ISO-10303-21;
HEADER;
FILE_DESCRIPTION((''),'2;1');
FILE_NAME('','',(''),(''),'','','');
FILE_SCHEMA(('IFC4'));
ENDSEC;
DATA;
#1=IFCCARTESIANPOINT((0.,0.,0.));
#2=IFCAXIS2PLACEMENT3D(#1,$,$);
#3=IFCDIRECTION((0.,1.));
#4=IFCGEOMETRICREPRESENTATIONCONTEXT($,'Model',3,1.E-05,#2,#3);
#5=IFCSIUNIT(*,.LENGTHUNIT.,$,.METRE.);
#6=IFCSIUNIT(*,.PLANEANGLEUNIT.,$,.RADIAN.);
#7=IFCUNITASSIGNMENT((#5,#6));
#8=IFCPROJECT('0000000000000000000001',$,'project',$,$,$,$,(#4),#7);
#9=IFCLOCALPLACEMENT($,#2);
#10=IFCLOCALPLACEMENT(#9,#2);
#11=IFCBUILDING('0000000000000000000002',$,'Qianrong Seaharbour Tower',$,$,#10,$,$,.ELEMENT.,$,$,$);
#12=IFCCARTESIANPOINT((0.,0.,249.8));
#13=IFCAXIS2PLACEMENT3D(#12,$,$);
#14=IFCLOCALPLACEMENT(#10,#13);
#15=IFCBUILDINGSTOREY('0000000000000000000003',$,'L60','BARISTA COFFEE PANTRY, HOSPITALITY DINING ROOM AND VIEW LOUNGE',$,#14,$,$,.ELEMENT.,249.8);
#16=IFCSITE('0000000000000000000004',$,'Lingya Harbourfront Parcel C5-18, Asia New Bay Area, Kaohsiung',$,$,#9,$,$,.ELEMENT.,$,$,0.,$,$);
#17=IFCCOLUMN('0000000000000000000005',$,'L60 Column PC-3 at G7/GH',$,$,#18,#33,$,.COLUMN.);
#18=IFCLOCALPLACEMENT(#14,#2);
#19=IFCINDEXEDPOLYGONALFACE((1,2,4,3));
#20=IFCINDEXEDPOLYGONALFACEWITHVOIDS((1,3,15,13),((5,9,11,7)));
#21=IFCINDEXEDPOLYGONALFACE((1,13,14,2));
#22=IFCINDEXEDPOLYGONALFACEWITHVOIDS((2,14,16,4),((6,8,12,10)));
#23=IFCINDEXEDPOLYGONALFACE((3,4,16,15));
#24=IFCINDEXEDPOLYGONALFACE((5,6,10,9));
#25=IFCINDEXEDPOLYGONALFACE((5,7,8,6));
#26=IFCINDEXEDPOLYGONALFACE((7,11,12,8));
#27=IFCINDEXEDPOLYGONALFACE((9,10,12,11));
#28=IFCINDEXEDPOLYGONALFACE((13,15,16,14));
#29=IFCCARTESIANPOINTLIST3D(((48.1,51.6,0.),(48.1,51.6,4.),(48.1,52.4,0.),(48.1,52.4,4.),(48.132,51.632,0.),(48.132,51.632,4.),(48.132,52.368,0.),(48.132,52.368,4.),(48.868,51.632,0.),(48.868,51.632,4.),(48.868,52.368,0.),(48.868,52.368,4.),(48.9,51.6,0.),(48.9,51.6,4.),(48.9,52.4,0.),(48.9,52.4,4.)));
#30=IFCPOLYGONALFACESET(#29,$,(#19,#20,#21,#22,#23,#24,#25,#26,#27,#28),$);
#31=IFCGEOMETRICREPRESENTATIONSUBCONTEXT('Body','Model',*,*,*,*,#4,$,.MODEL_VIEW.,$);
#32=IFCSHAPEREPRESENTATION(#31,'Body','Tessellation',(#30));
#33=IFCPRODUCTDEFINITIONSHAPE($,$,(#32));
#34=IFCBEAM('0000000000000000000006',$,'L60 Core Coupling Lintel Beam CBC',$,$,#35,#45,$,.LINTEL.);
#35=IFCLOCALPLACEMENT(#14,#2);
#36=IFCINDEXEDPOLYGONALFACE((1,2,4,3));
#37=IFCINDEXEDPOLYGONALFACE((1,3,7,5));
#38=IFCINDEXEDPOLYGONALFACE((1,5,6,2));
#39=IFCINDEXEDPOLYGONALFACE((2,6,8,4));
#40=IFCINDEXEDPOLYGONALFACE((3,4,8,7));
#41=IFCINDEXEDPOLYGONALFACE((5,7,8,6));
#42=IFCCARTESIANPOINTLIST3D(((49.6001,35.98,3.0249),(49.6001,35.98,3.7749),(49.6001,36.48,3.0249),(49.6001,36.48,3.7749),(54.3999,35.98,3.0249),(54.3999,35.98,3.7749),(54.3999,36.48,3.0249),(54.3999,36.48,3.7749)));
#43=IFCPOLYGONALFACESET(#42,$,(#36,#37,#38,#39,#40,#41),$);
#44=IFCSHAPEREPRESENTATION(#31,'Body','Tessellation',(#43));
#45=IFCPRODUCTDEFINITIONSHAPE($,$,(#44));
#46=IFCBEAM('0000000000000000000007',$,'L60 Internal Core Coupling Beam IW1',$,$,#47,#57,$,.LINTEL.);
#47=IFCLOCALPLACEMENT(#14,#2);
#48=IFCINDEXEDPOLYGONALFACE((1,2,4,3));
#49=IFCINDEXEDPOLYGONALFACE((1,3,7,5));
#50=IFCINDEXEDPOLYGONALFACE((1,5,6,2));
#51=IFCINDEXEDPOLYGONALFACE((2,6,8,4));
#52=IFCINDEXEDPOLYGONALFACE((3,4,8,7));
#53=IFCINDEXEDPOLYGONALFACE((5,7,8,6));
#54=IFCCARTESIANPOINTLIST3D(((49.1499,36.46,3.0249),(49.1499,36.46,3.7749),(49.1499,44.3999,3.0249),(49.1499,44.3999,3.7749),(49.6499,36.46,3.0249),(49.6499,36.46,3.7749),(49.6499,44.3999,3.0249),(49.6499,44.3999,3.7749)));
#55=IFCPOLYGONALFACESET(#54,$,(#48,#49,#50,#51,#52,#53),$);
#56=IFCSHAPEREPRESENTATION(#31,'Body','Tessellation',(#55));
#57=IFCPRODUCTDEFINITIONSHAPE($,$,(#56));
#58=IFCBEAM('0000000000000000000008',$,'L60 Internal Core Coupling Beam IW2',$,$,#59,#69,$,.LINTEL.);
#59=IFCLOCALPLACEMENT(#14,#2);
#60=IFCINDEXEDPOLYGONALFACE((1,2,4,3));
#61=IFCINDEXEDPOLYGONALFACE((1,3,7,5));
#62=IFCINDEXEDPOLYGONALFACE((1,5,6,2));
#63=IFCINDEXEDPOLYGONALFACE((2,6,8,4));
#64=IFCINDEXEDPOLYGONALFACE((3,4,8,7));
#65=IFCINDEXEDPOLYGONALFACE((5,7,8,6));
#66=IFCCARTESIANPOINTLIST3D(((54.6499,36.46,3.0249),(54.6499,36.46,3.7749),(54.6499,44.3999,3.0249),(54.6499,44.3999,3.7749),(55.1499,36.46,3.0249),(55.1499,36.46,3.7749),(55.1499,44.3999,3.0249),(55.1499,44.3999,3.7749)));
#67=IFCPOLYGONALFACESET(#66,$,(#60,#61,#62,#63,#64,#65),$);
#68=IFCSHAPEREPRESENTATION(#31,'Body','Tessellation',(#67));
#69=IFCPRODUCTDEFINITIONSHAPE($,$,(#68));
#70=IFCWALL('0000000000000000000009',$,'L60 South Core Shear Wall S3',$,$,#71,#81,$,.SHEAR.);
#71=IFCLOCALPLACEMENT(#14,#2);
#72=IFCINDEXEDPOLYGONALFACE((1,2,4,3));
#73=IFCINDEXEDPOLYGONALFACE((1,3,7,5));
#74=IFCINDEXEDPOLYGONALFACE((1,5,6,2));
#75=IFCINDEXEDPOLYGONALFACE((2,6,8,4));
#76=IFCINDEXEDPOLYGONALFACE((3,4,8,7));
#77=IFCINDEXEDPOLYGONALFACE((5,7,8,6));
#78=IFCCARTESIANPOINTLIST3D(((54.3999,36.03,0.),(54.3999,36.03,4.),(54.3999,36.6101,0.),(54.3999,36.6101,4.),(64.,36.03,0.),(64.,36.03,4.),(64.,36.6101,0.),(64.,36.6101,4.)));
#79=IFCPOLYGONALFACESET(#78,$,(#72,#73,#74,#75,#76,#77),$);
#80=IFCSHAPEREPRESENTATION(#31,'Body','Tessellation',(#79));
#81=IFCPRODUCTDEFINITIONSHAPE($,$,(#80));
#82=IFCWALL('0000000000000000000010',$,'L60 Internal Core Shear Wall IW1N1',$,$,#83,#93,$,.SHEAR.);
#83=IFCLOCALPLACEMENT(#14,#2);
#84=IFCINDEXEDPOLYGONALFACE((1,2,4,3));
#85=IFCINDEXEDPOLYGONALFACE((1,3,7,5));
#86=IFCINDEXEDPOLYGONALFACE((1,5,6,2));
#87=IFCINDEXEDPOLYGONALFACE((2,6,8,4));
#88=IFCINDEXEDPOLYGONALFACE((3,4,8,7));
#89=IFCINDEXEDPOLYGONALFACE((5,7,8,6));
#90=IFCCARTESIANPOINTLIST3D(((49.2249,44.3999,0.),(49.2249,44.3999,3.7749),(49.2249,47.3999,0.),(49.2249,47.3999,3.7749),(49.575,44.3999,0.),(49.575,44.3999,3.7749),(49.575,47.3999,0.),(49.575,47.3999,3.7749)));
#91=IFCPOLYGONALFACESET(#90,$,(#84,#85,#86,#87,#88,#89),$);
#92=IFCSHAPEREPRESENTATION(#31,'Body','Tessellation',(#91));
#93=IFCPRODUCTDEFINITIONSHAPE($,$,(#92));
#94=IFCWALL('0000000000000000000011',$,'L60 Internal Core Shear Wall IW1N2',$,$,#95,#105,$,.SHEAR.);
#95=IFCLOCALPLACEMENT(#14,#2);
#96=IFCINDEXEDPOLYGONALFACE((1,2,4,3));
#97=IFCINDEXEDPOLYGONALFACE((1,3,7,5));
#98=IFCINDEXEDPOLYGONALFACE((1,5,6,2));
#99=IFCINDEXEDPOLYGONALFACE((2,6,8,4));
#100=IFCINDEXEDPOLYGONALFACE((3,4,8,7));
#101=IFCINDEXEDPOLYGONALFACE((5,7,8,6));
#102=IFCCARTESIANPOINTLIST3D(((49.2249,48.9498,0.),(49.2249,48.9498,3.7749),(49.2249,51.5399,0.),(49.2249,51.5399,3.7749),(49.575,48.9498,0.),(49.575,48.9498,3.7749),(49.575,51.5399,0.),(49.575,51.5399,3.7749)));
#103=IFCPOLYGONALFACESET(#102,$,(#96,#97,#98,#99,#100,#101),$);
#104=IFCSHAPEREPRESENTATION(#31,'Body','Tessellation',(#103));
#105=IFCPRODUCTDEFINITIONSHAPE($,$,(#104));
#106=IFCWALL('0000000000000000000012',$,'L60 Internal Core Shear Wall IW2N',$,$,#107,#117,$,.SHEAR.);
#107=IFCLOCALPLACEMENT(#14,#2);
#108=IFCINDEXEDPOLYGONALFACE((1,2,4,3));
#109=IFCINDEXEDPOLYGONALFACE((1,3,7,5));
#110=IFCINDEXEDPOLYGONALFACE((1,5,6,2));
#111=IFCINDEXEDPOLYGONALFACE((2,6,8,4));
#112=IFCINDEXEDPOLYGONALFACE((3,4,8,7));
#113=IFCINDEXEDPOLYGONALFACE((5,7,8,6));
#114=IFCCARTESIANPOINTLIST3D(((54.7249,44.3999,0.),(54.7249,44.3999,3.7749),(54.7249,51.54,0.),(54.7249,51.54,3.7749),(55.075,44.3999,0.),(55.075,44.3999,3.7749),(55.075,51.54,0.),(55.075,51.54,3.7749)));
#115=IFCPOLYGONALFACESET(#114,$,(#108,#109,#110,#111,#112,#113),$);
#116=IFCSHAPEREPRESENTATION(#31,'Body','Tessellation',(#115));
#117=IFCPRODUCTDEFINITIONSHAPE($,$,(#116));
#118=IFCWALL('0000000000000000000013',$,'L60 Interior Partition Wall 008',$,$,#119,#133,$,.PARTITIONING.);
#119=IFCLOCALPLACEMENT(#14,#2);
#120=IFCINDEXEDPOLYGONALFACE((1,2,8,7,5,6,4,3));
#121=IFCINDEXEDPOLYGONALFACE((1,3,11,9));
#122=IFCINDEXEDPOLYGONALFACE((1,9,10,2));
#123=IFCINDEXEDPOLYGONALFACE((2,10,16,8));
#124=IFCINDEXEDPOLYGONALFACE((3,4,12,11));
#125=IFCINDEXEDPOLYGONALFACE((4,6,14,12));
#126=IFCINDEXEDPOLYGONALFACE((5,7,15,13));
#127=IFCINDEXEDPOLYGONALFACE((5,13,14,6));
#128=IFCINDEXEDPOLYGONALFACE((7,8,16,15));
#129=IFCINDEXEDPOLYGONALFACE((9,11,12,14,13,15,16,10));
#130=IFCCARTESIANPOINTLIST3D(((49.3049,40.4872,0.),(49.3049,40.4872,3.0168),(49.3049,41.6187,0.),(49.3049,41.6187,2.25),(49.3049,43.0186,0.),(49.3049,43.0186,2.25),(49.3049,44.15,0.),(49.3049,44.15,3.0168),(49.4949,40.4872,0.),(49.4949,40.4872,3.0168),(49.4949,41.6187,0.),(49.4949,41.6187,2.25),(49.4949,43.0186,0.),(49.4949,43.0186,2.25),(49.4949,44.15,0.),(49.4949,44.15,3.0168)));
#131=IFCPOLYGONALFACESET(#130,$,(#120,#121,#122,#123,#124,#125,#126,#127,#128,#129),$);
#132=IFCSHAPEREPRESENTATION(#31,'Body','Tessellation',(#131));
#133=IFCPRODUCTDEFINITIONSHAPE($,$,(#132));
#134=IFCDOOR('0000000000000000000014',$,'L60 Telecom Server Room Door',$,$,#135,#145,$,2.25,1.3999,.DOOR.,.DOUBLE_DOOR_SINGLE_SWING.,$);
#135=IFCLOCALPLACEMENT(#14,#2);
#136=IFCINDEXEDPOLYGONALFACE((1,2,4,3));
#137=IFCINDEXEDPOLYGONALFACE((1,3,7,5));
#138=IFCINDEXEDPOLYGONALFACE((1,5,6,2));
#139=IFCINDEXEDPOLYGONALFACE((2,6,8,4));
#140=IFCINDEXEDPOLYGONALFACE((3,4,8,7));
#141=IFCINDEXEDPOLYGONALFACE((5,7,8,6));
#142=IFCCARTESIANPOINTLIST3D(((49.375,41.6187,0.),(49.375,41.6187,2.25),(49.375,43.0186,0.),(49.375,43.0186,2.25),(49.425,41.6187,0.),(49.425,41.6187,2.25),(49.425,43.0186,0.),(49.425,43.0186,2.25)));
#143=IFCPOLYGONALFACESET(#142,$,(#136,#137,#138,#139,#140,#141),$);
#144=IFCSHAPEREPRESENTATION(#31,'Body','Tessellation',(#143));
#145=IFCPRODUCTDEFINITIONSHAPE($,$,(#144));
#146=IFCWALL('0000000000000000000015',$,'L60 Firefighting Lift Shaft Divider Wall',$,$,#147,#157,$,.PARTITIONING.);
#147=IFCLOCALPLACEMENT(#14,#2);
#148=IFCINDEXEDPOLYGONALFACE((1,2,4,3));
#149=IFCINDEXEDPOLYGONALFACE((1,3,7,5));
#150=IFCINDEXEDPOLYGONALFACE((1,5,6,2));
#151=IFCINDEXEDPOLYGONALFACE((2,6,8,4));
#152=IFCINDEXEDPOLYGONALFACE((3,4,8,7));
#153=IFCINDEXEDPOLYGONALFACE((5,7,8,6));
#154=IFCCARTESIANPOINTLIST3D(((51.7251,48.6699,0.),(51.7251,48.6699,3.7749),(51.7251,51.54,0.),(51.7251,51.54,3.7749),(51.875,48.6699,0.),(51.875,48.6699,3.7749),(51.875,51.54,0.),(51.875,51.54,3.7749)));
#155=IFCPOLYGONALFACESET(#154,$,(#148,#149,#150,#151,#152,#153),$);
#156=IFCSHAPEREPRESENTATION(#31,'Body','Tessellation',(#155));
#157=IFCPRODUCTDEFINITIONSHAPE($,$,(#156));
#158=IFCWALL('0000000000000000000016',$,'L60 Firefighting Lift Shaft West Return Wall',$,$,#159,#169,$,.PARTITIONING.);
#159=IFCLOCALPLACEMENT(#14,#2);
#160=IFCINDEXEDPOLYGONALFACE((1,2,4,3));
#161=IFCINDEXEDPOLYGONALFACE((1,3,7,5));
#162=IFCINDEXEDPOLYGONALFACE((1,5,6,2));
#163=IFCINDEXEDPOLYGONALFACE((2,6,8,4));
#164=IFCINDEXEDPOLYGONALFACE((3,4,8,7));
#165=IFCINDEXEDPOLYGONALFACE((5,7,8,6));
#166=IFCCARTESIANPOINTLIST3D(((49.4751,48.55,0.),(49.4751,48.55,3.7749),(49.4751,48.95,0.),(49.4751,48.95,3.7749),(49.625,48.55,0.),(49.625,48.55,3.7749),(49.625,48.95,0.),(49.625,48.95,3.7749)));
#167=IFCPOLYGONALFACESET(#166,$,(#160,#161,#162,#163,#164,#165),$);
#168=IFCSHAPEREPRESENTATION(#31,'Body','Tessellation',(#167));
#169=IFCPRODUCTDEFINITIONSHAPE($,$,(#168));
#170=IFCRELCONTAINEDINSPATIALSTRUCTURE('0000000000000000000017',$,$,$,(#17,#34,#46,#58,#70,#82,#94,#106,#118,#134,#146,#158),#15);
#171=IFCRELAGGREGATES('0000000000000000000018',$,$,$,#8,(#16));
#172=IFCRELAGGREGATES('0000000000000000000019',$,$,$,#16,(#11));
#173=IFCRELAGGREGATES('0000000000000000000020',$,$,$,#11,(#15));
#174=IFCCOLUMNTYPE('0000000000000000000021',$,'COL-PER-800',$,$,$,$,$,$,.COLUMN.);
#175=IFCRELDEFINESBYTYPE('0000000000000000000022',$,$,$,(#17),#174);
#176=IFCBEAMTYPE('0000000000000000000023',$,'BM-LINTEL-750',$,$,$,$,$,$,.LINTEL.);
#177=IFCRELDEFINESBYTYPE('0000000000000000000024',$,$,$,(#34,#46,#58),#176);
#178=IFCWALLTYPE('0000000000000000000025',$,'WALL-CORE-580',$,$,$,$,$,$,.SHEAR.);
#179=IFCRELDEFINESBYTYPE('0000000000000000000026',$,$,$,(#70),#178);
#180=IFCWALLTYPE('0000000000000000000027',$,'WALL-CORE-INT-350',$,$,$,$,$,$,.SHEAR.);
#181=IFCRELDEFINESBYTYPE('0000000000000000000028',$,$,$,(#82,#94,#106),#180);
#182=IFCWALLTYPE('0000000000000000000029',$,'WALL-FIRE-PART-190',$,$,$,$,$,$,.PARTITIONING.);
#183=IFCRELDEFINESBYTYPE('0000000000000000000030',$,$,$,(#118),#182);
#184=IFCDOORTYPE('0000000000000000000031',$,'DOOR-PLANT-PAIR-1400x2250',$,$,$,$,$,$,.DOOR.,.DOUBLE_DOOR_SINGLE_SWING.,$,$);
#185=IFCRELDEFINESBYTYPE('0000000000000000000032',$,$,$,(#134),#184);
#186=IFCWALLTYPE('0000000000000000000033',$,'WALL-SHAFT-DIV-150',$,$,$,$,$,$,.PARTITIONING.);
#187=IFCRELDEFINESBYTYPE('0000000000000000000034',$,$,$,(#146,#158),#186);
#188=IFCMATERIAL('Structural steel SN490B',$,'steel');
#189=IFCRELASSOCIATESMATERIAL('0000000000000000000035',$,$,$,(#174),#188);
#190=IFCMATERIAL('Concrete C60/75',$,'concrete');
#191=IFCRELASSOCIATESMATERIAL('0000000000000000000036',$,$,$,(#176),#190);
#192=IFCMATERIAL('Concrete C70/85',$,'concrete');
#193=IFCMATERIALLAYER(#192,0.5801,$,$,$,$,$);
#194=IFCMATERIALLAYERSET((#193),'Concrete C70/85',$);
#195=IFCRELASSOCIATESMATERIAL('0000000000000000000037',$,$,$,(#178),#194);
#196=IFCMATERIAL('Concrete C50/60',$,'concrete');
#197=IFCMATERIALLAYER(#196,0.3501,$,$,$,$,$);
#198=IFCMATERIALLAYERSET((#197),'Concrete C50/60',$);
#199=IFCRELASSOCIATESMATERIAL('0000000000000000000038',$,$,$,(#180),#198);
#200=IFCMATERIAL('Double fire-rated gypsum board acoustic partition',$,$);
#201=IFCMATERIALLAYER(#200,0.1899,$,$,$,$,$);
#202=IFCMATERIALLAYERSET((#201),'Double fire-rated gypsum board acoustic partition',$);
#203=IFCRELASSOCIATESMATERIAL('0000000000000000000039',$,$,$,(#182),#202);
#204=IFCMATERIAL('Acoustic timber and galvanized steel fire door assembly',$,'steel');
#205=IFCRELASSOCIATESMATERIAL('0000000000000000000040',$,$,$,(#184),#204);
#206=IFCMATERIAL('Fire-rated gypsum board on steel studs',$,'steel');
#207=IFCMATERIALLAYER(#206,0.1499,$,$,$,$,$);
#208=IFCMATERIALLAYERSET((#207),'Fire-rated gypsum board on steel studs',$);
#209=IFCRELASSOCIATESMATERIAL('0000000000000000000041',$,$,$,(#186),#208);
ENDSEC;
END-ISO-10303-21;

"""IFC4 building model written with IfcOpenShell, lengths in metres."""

from ifc_helpers import new_model, si_unit, direction, frame, frame_2d, origin, origin_2d, place, context, subcontext, project, spatial, rectangle, hollow_rectangle, extrude, material, layer, layer_set, material_profile, profile_set, type_object, element, fill, save


model = new_model("IFC4")

# Units and contexts
model_context = context("Model", 3, precision=1e-05, world=origin(), true_north=direction((0.0, 1.0)))
body_context = subcontext(model_context, "Body", "Model", "MODEL_VIEW")
ifc_project = project(units=[si_unit("LENGTHUNIT", "METRE"), si_unit("PLANEANGLEUNIT", "RADIAN")], contexts=[model_context])

# Site, building, storey
site_placement = place(None, origin())
site = spatial("IfcSite", under=ifc_project, at=site_placement, Name="Lingya Harbourfront Parcel C5-18, Asia New Bay Area, Kaohsiung", CompositionType="ELEMENT", RefElevation=0.0)
building_placement = place(site_placement, origin())
building = spatial("IfcBuilding", under=site, at=building_placement, Name="Qianrong Seaharbour Tower", CompositionType="ELEMENT")
storey_placement = place(building_placement, frame((0.0, 0.0, 249.8)))
storey = spatial("IfcBuildingStorey", under=building, at=storey_placement, Name="L60", Description="BARISTA COFFEE PANTRY, HOSPITALITY DINING ROOM AND VIEW LOUNGE", CompositionType="ELEMENT", Elevation=249.8)

# Column
ifc_material_1 = material(Name="Structural steel SN490B", Category="steel")
ifc_material_profile_1 = material_profile(ifc_material_1, hollow_rectangle(XDim=0.8, YDim=0.8, WallThickness=0.032, at=origin_2d()), Name="BOX800x800x32")
ifc_profile_set_1 = profile_set([ifc_material_profile_1], Name="Structural steel SN490B")
column_type = type_object("IfcColumnType", Name="COL-PER-800", PredefinedType="COLUMN", material=ifc_profile_set_1)
column_placement = place(storey_placement, frame((48.5, 52.0, 0.0), z_axis=(0.0, 0.0, 1.0), x_axis=(1.0, 0.0, 0.0)))
element("IfcColumn", 1, at=column_placement, inside=storey, type_object=column_type, Name="L60 Column PC-3 at G7/GH", PredefinedType="COLUMN", context=body_context, shape_type="SweptSolid", body=[
    extrude(hollow_rectangle(XDim=0.8, YDim=0.8, WallThickness=0.032, at=origin_2d()), origin(), (0.0, 0.0, 1.0), 4.0),
])

# Beams
ifc_material_2 = material(Name="Concrete C60/75", Category="concrete")
ifc_material_profile_2 = material_profile(ifc_material_2, rectangle(XDim=0.5, YDim=0.75, at=origin_2d()), Name="RC500x750")
ifc_profile_set_2 = profile_set([ifc_material_profile_2], Name="Concrete C60/75")
beam_type = type_object("IfcBeamType", Name="BM-LINTEL-750", PredefinedType="LINTEL", material=ifc_profile_set_2)
beam_placement = place(storey_placement, frame((49.6001, 36.23, 3.3999), z_axis=(1.0, 0.0, 0.0), x_axis=(0.0, 1.0, 0.0)))
element("IfcBeam", 2, at=beam_placement, inside=storey, type_object=beam_type, Name="L60 Core Coupling Lintel Beam CBC", PredefinedType="LINTEL", context=body_context, shape_type="SweptSolid", body=[
    extrude(rectangle(XDim=0.5, YDim=0.75, at=origin_2d()), origin(), (0.0, 0.0, 1.0), 4.7998),
])
for number, where, z_axis, x_axis, name in (
    (3, (49.3999, 36.46, 3.3999), (0.0, 1.0, 0.0), (-1.0, 0.0, 0.0), "L60 Internal Core Coupling Beam IW1"),
    (4, (54.8999, 36.46, 3.3999), (0.0, 1.0, 0.0), (-1.0, 0.0, 0.0), "L60 Internal Core Coupling Beam IW2"),
):
    element("IfcBeam", number, at=place(storey_placement, frame(where, z_axis=z_axis, x_axis=x_axis)), inside=storey, type_object=beam_type, Name=name, PredefinedType="LINTEL", context=body_context, shape_type="SweptSolid", body=[
        extrude(rectangle(XDim=0.5, YDim=0.75, at=origin_2d()), origin(), (0.0, 0.0, 1.0), 7.9399),
    ])

# Walls
ifc_material_3 = material(Name="Concrete C70/85", Category="concrete")
ifc_layer_1 = layer(ifc_material_3, 0.5801)
ifc_layer_set_1 = layer_set([ifc_layer_1], Name="Concrete C70/85")
wall_type_1 = type_object("IfcWallType", Name="WALL-CORE-580", PredefinedType="SHEAR", material=ifc_layer_set_1)
wall_1_placement = place(storey_placement, frame((54.3999, 36.3201, 0.0), z_axis=(0.0, 0.0, 1.0), x_axis=(1.0, 0.0, 0.0)))
element("IfcWall", 5, at=wall_1_placement, inside=storey, type_object=wall_type_1, Name="L60 South Core Shear Wall S3", PredefinedType="SHEAR", context=body_context, shape_type="SweptSolid", body=[
    extrude(rectangle(XDim=9.6001, YDim=0.5801, at=frame_2d((4.8, 0.0))), origin(), (0.0, 0.0, 1.0), 4.0),
])
ifc_material_4 = material(Name="Concrete C50/60", Category="concrete")
ifc_layer_2 = layer(ifc_material_4, 0.3501)
ifc_layer_set_2 = layer_set([ifc_layer_2], Name="Concrete C50/60")
wall_type_2 = type_object("IfcWallType", Name="WALL-CORE-INT-350", PredefinedType="SHEAR", material=ifc_layer_set_2)
wall_2_placement = place(storey_placement, frame((49.3999, 44.3999, 0.0), z_axis=(0.0, 0.0, 1.0), x_axis=(0.0, 1.0, 0.0)))
element("IfcWall", 6, at=wall_2_placement, inside=storey, type_object=wall_type_2, Name="L60 Internal Core Shear Wall IW1N1", PredefinedType="SHEAR", context=body_context, shape_type="SweptSolid", body=[
    extrude(rectangle(XDim=3.0, YDim=0.3501, at=frame_2d((1.5, 0.0))), origin(), (0.0, 0.0, 1.0), 3.7749),
])
wall_3_placement = place(storey_placement, frame((49.3999, 48.95, 0.0), z_axis=(0.0, 0.0, 1.0), x_axis=(0.0, 1.0, 0.0)))
element("IfcWall", 7, at=wall_3_placement, inside=storey, type_object=wall_type_2, Name="L60 Internal Core Shear Wall IW1N2", PredefinedType="SHEAR", context=body_context, shape_type="SweptSolid", body=[
    extrude(rectangle(XDim=2.5901, YDim=0.3501, at=frame_2d((1.2949, 0.0))), origin(), (0.0, 0.0, 1.0), 3.7749),
])
wall_4_placement = place(storey_placement, frame((54.8999, 44.3999, 0.0), z_axis=(0.0, 0.0, 1.0), x_axis=(0.0, 1.0, 0.0)))
element("IfcWall", 8, at=wall_4_placement, inside=storey, type_object=wall_type_2, Name="L60 Internal Core Shear Wall IW2N", PredefinedType="SHEAR", context=body_context, shape_type="SweptSolid", body=[
    extrude(rectangle(XDim=7.1401, YDim=0.3501, at=frame_2d((3.5701, 0.0))), origin(), (0.0, 0.0, 1.0), 3.7749),
])

# Wall, opening, door
ifc_material_5 = material(Name="Acoustic timber and galvanized steel fire door assembly", Category="steel")
ifc_material_6 = material(Name="Double fire-rated gypsum board acoustic partition")
ifc_layer_3 = layer(ifc_material_6, 0.1899)
ifc_layer_set_3 = layer_set([ifc_layer_3], Name="Double fire-rated gypsum board acoustic partition")
wall_type_3 = type_object("IfcWallType", Name="WALL-FIRE-PART-190", PredefinedType="PARTITIONING", material=ifc_layer_set_3)
wall_5_placement = place(storey_placement, frame((49.3999, 40.4871, 0.0), z_axis=(0.0, 0.0, 1.0), x_axis=(0.0, 1.0, 0.0)))
wall_5 = element("IfcWall", 9, at=wall_5_placement, inside=storey, type_object=wall_type_3, Name="L60 Interior Partition Wall 008", PredefinedType="PARTITIONING", context=body_context, shape_type="SweptSolid", body=[
    extrude(rectangle(XDim=3.6628, YDim=0.1899, at=frame_2d((1.8315, 0.0))), origin(), (0.0, 0.0, 1.0), 3.0168),
])
opening_1_placement = place(wall_5_placement, frame((1.1316, 0.0, 0.0)))
opening_1 = element("IfcOpeningElement", 10, at=opening_1_placement, cuts=wall_5, PredefinedType="OPENING", context=body_context, shape_type="SweptSolid", body=[
    extrude(rectangle(XDim=1.3999, YDim=2.25, at=frame_2d((0.7, 1.125))), frame((0.0, 0.105, 0.0), z_axis=(0.0, -1.0, 0.0), x_axis=(1.0, 0.0, 0.0)), (0.0, 0.0, 1.0), 0.21),
])
door_type_1 = type_object("IfcDoorType", Name="DOOR-PLANT-PAIR-1400x2250", OperationType="DOUBLE_DOOR_SINGLE_SWING", PredefinedType="DOOR", material=ifc_material_5)
door_1_placement = place(opening_1_placement, origin())
door_1 = element("IfcDoor", 11, at=door_1_placement, inside=storey, type_object=door_type_1, Name="L60 Telecom Server Room Door", OperationType="DOUBLE_DOOR_SINGLE_SWING", OverallHeight=2.25, OverallWidth=1.3999, PredefinedType="DOOR", context=body_context, shape_type="SweptSolid", body=[
    extrude(rectangle(XDim=1.3999, YDim=2.25, at=frame_2d((0.7, 1.125))), frame((0.0, 0.0249, 0.0), z_axis=(0.0, -1.0, 0.0), x_axis=(1.0, 0.0, 0.0)), (0.0, 0.0, 1.0), 0.05),
])
fill(opening_1, door_1)

# Walls
ifc_material_7 = material(Name="Fire-rated gypsum board on steel studs", Category="steel")
ifc_layer_4 = layer(ifc_material_7, 0.1499)
ifc_layer_set_4 = layer_set([ifc_layer_4], Name="Fire-rated gypsum board on steel studs")
wall_type_4 = type_object("IfcWallType", Name="WALL-SHAFT-DIV-150", PredefinedType="PARTITIONING", material=ifc_layer_set_4)
wall_6_placement = place(storey_placement, frame((51.8, 48.6699, 0.0), z_axis=(0.0, 0.0, 1.0), x_axis=(0.0, 1.0, 0.0)))
element("IfcWall", 12, at=wall_6_placement, inside=storey, type_object=wall_type_4, Name="L60 Firefighting Lift Shaft Divider Wall", PredefinedType="PARTITIONING", context=body_context, shape_type="SweptSolid", body=[
    extrude(rectangle(XDim=2.8701, YDim=0.1499, at=frame_2d((1.4351, 0.0))), origin(), (0.0, 0.0, 1.0), 3.7749),
])
wall_7_placement = place(storey_placement, frame((49.55, 48.55, 0.0), z_axis=(0.0, 0.0, 1.0), x_axis=(0.0, 1.0, 0.0)))
element("IfcWall", 13, at=wall_7_placement, inside=storey, type_object=wall_type_4, Name="L60 Firefighting Lift Shaft West Return Wall", PredefinedType="PARTITIONING", context=body_context, shape_type="SweptSolid", body=[
    extrude(rectangle(XDim=0.3999, YDim=0.1499, at=frame_2d((0.2, 0.0))), origin(), (0.0, 0.0, 1.0), 3.7749),
])

save(model, "model.ifc")
